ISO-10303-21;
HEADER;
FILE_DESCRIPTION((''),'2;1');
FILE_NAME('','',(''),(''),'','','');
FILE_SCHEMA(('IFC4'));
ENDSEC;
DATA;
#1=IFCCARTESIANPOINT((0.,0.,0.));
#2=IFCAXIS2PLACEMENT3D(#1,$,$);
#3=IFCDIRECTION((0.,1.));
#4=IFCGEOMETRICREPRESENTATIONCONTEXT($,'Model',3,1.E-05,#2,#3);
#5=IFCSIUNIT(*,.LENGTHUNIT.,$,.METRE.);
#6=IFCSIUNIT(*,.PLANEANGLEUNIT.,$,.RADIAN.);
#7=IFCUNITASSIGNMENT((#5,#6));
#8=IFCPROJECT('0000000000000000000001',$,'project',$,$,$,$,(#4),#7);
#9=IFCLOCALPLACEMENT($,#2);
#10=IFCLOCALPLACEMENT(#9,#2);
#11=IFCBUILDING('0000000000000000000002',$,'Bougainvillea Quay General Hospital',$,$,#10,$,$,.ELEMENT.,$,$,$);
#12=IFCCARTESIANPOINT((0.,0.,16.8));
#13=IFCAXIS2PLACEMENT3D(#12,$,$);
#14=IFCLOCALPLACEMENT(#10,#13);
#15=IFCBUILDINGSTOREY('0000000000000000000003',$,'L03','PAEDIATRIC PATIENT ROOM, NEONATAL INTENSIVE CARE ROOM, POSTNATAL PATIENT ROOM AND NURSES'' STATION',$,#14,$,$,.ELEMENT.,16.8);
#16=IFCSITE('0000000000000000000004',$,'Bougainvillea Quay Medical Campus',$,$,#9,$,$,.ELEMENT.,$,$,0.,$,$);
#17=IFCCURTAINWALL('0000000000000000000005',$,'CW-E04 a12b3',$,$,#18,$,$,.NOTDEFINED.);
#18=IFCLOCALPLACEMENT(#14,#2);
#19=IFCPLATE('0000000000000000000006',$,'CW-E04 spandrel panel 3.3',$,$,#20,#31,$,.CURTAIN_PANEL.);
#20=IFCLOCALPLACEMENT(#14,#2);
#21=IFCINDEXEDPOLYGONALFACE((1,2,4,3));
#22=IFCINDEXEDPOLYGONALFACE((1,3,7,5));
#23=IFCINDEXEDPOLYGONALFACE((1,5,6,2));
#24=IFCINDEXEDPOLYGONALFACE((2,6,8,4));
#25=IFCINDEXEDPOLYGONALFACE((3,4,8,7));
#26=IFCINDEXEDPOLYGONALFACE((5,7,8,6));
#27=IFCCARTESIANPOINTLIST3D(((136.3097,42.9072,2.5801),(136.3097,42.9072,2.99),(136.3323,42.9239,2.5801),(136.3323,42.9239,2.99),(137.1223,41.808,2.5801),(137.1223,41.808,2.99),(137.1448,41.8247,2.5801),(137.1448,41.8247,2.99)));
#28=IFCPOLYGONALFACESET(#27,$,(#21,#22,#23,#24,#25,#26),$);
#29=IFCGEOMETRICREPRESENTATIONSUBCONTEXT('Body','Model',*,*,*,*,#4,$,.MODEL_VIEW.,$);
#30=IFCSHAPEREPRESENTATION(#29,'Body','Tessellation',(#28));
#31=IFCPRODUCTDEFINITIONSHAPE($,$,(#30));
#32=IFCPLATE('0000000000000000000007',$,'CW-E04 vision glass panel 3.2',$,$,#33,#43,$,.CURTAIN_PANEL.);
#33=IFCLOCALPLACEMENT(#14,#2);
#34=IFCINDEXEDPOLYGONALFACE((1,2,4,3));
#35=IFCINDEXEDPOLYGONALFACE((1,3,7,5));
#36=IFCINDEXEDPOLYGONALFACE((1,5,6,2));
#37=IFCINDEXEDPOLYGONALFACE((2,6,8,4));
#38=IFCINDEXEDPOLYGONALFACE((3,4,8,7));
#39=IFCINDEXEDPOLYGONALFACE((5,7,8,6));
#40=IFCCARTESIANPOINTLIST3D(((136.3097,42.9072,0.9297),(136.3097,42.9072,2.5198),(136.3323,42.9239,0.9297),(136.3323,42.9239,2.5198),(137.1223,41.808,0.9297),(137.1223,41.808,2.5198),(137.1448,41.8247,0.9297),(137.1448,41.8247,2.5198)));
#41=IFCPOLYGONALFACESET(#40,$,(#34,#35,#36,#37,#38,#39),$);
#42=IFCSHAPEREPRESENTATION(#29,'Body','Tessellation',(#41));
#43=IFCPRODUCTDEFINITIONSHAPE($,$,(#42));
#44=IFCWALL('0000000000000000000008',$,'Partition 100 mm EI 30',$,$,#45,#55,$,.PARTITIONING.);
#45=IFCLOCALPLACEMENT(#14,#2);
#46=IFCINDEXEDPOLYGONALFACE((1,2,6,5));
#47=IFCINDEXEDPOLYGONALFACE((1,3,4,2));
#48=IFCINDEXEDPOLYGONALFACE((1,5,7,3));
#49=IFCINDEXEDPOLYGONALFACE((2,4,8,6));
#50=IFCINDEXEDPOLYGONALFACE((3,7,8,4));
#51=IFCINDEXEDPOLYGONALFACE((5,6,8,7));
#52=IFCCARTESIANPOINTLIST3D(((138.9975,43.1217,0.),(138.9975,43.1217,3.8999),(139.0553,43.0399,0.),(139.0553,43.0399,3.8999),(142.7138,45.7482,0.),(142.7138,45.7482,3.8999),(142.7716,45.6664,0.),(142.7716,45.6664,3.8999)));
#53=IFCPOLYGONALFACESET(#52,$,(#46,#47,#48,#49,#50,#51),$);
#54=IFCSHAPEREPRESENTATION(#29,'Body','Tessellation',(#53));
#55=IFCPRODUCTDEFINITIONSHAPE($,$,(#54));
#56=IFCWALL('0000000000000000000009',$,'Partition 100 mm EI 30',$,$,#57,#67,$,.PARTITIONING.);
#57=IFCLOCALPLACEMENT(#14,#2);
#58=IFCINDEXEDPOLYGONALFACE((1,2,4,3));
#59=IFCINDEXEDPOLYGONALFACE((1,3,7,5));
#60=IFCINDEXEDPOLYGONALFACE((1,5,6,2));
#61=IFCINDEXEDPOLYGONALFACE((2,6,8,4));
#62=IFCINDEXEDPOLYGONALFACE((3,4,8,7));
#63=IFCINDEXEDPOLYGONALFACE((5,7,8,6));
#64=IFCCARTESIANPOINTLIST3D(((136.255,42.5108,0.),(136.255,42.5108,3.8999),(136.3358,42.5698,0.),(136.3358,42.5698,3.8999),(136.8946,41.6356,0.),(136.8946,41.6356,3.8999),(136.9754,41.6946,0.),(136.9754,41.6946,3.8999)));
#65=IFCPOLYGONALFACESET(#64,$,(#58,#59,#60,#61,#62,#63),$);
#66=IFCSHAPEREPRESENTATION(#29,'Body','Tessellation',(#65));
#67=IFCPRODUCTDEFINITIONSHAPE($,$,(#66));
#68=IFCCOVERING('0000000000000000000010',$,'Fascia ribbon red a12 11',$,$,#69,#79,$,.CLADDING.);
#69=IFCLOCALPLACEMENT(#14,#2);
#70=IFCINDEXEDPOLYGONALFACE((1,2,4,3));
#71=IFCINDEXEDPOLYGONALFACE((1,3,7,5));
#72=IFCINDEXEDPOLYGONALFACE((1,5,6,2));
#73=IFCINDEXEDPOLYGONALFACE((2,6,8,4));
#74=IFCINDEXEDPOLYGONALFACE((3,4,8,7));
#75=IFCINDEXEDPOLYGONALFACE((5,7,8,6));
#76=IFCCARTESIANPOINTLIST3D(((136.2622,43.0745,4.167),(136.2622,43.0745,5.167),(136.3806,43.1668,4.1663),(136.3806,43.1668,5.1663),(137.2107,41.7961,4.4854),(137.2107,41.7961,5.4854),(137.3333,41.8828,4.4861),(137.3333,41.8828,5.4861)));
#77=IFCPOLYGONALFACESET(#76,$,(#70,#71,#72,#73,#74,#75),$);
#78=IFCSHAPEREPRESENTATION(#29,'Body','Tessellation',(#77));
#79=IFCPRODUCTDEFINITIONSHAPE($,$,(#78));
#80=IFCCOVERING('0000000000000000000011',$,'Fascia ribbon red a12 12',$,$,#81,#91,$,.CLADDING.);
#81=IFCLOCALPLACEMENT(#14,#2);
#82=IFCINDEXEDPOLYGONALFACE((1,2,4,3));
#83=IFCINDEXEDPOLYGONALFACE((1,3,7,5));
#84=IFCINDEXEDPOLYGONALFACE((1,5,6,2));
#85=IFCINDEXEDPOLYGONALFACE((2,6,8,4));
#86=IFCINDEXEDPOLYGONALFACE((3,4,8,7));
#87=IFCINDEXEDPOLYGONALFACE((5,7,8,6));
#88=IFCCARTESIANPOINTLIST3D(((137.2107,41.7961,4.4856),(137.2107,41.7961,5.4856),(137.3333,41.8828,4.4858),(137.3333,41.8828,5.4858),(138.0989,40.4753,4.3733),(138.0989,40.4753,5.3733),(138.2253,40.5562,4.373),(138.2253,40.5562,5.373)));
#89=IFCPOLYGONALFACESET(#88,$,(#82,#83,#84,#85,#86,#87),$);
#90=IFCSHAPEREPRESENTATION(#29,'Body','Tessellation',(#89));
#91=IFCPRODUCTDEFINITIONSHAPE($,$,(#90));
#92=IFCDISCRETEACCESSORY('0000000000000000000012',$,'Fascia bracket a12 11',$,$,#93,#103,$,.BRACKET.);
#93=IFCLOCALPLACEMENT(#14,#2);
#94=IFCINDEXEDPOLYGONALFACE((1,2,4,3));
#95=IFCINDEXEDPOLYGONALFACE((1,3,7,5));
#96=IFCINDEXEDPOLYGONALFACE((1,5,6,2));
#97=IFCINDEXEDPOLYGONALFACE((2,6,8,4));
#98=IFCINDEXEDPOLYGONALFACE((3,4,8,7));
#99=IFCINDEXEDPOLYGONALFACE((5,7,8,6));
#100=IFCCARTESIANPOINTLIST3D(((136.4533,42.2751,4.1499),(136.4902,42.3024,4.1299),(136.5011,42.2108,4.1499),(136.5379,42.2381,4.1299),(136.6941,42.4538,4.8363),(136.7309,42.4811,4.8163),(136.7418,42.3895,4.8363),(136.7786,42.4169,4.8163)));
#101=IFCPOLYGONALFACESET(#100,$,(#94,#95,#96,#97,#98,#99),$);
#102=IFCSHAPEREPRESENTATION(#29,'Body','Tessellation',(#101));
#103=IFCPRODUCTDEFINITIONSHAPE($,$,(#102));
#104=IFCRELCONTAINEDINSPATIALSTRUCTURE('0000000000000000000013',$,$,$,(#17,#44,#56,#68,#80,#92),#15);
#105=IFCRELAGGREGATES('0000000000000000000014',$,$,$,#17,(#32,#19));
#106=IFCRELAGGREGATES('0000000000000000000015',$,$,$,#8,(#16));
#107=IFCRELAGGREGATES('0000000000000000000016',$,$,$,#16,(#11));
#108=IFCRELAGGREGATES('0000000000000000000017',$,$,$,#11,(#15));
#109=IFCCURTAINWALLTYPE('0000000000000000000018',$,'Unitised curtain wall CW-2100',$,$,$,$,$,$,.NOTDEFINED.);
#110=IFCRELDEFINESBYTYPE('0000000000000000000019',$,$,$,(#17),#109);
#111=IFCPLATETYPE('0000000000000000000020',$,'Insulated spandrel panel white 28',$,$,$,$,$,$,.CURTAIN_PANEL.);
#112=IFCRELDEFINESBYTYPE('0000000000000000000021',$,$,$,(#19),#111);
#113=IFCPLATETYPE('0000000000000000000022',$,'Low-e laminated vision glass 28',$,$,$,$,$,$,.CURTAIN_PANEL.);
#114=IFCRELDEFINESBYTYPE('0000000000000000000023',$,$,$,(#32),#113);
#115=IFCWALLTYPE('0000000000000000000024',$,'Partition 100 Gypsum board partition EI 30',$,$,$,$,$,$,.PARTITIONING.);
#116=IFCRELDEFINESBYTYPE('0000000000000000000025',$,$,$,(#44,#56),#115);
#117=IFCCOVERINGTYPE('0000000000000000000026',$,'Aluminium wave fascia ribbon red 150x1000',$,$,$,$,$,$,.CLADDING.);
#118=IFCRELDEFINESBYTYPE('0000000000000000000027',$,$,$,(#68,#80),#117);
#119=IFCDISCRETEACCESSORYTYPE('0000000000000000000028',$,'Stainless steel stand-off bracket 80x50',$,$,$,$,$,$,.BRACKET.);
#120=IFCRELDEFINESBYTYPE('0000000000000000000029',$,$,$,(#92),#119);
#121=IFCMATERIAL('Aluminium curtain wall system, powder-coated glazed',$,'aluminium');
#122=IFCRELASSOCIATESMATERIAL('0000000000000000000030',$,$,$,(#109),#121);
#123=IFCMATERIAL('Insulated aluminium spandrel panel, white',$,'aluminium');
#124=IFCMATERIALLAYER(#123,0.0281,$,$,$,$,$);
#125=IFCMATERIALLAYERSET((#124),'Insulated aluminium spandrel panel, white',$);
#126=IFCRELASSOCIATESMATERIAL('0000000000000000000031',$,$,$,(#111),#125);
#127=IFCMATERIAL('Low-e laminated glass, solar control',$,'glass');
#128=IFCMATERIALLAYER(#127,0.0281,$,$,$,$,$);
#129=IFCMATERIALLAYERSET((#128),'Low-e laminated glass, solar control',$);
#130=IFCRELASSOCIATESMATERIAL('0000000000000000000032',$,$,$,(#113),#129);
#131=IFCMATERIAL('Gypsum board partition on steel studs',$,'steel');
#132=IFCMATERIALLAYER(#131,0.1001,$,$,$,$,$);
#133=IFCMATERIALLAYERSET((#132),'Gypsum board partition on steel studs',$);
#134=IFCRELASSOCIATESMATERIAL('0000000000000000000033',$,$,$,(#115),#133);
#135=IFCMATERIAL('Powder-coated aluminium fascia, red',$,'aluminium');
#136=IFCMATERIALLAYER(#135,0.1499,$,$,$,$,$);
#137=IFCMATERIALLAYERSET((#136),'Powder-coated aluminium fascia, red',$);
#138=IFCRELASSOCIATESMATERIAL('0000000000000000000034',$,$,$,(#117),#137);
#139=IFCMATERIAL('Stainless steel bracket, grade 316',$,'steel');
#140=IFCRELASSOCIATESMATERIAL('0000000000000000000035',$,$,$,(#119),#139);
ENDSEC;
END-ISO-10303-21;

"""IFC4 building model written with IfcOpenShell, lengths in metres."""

from ifc_helpers import new_model, si_unit, direction, frame, frame_2d, origin, origin_2d, place, context, subcontext, project, spatial, polyline, rectangle, outline, extrude, material, layer, layer_set, material_profile, profile_set, type_object, element, aggregate, save


model = new_model("IFC4")

# Units and contexts
model_context = context("Model", 3, precision=1e-05, world=origin(), true_north=direction((0.0, 1.0)))
body_context = subcontext(model_context, "Body", "Model", "MODEL_VIEW")
ifc_project = project(units=[si_unit("LENGTHUNIT", "METRE"), si_unit("PLANEANGLEUNIT", "RADIAN")], contexts=[model_context])

# Site, building, storey
site_placement = place(None, origin())
site = spatial("IfcSite", under=ifc_project, at=site_placement, Name="Bougainvillea Quay Medical Campus", CompositionType="ELEMENT", RefElevation=0.0)
building_placement = place(site_placement, origin())
building = spatial("IfcBuilding", under=site, at=building_placement, Name="Bougainvillea Quay General Hospital", CompositionType="ELEMENT")
storey_placement = place(building_placement, frame((0.0, 0.0, 16.8)))
storey = spatial("IfcBuildingStorey", under=building, at=storey_placement, Name="L03", Description="PAEDIATRIC PATIENT ROOM, NEONATAL INTENSIVE CARE ROOM, POSTNATAL PATIENT ROOM AND NURSES' STATION", CompositionType="ELEMENT", Elevation=16.8)

# Curtain wall
ifc_material_1 = material(Name="Aluminium curtain wall system, powder-coated glazed", Category="aluminium")
curtain_wall_type = type_object("IfcCurtainWallType", Name="Unitised curtain wall CW-2100", PredefinedType="NOTDEFINED", material=ifc_material_1)
curtain_wall_1_placement = place(storey_placement, origin())
curtain_wall_1 = element("IfcCurtainWall", 1, at=curtain_wall_1_placement, inside=storey, type_object=curtain_wall_type, Name="CW-E04 a12b3", PredefinedType="NOTDEFINED")

# Plates
ifc_material_2 = material(Name="Insulated aluminium spandrel panel, white", Category="aluminium")
ifc_layer_1 = layer(ifc_material_2, 0.0281)
ifc_layer_set_1 = layer_set([ifc_layer_1], Name="Insulated aluminium spandrel panel, white")
plate_type_1 = type_object("IfcPlateType", Name="Insulated spandrel panel white 28", PredefinedType="CURTAIN_PANEL", material=ifc_layer_set_1)
plate_1_placement = place(storey_placement, frame((136.7273, 42.366, 2.5801), z_axis=(0.0, 0.0, 1.0), x_axis=(0.594411, -0.804161, 0.0)))
plate_1 = element("IfcPlate", 2, at=plate_1_placement, type_object=plate_type_1, Name="CW-E04 spandrel panel 3.3", PredefinedType="CURTAIN_PANEL", context=body_context, shape_type="SweptSolid", body=[
    extrude(rectangle(XDim=1.3669, YDim=0.0281, at=origin_2d()), origin(), (0.0, 0.0, 1.0), 0.4099),
])
ifc_material_3 = material(Name="Low-e laminated glass, solar control", Category="glass")
ifc_layer_2 = layer(ifc_material_3, 0.0281)
ifc_layer_set_2 = layer_set([ifc_layer_2], Name="Low-e laminated glass, solar control")
plate_type_2 = type_object("IfcPlateType", Name="Low-e laminated vision glass 28", PredefinedType="CURTAIN_PANEL", material=ifc_layer_set_2)
plate_2_placement = place(storey_placement, frame((136.7273, 42.366, 0.9297), z_axis=(0.0, 0.0, 1.0), x_axis=(0.594411, -0.804161, 0.0)))
plate_2 = element("IfcPlate", 3, at=plate_2_placement, type_object=plate_type_2, Name="CW-E04 vision glass panel 3.2", PredefinedType="CURTAIN_PANEL", context=body_context, shape_type="SweptSolid", body=[
    extrude(rectangle(XDim=1.3669, YDim=0.0281, at=origin_2d()), origin(), (0.0, 0.0, 1.0), 1.5901),
])
aggregate(curtain_wall_1, [plate_2, plate_1])

# Walls
ifc_material_4 = material(Name="Gypsum board partition on steel studs", Category="steel")
ifc_layer_3 = layer(ifc_material_4, 0.1001)
ifc_layer_set_3 = layer_set([ifc_layer_3], Name="Gypsum board partition on steel studs")
wall_type = type_object("IfcWallType", Name="Partition 100 Gypsum board partition EI 30", PredefinedType="PARTITIONING", material=ifc_layer_set_3)
wall_1_placement = place(storey_placement, frame((139.0264, 43.0808, 0.0), z_axis=(0.0, 0.0, 1.0), x_axis=(0.816638, 0.577151, 0.0)))
element("IfcWall", 4, at=wall_1_placement, inside=storey, type_object=wall_type, Name="Partition 100 mm EI 30", PredefinedType="PARTITIONING", context=body_context, shape_type="SweptSolid", body=[
    extrude(rectangle(XDim=4.5508, YDim=0.1001, at=frame_2d((2.2754, 0.0))), origin(), (0.0, 0.0, 1.0), 3.8999),
])
wall_2_placement = place(storey_placement, frame((136.2954, 42.5403, 0.0), z_axis=(0.0, 0.0, 1.0), x_axis=(0.590045, -0.80737, 0.0)))
element("IfcWall", 5, at=wall_2_placement, inside=storey, type_object=wall_type, Name="Partition 100 mm EI 30", PredefinedType="PARTITIONING", context=body_context, shape_type="SweptSolid", body=[
    extrude(rectangle(XDim=1.084, YDim=0.1001, at=frame_2d((0.542, 0.0))), origin(), (0.0, 0.0, 1.0), 3.8999),
])

# Coverings
ifc_material_5 = material(Name="Powder-coated aluminium fascia, red", Category="aluminium")
ifc_layer_4 = layer(ifc_material_5, 0.1499)
ifc_layer_set_4 = layer_set([ifc_layer_4], Name="Powder-coated aluminium fascia, red")
covering_type = type_object("IfcCoveringType", Name="Aluminium wave fascia ribbon red 150x1000", PredefinedType="CLADDING", material=ifc_layer_set_4)
covering_1_placement = place(storey_placement, frame((136.2622, 43.0745, 4.167), z_axis=(-0.116942, 0.157465, 0.980576), x_axis=(0.584295, -0.787482, 0.19614)))
element("IfcCovering", 6, at=covering_1_placement, inside=storey, type_object=covering_type, Name="Fascia ribbon red a12 11", PredefinedType="CLADDING", context=body_context, shape_type="SweptSolid", body=[
    extrude(outline(polyline([(0.0, 0.0), (1.6233, 0.0), (1.6268, 0.1501), (-0.0036, 0.1501), (0.0, 0.0)])), origin(), (0.19614, 0.000084, 0.980576), 1.0),
])
covering_2_placement = place(storey_placement, frame((137.2107, 41.7961, 4.4856), z_axis=(0.039278, -0.058401, 0.99752), x_axis=(0.556639, -0.827768, -0.070381)))
element("IfcCovering", 7, at=covering_2_placement, inside=storey, type_object=covering_type, Name="Fascia ribbon red a12 12", PredefinedType="CLADDING", context=body_context, shape_type="SweptSolid", body=[
    extrude(outline(polyline([(0.0, 0.0), (1.5956, 0.0), (1.5991, 0.15), (-0.0035, 0.1501), (0.0, 0.0)])), origin(), (-0.070381, -0.000004, 0.99752), 1.0),
])

# Discrete accessory
ifc_material_6 = material(Name="Stainless steel bracket, grade 316", Category="steel")
ifc_material_profile_1 = material_profile(ifc_material_6, rectangle(XDim=0.0801, YDim=0.05, at=origin_2d()))
ifc_profile_set_1 = profile_set([ifc_material_profile_1], Name="Stainless steel bracket, grade 316")
discrete_accessory_type = type_object("IfcDiscreteAccessoryType", Name="Stainless steel stand-off bracket 80x50", PredefinedType="BRACKET", material=ifc_profile_set_1)
discrete_accessory_placement = place(storey_placement, frame((136.4956, 42.2566, 4.1399), z_axis=(0.321431, 0.238628, 0.916372), x_axis=(-0.596084, 0.802922, 0.0)))
element("IfcDiscreteAccessory", 8, at=discrete_accessory_placement, inside=storey, type_object=discrete_accessory_type, Name="Fascia bracket a12 11", PredefinedType="BRACKET", context=body_context, shape_type="SweptSolid", body=[
    extrude(rectangle(XDim=0.0801, YDim=0.05, at=origin_2d()), origin(), (0.0, 0.0, 1.0), 0.749),
])

save(model, "model.ifc")
